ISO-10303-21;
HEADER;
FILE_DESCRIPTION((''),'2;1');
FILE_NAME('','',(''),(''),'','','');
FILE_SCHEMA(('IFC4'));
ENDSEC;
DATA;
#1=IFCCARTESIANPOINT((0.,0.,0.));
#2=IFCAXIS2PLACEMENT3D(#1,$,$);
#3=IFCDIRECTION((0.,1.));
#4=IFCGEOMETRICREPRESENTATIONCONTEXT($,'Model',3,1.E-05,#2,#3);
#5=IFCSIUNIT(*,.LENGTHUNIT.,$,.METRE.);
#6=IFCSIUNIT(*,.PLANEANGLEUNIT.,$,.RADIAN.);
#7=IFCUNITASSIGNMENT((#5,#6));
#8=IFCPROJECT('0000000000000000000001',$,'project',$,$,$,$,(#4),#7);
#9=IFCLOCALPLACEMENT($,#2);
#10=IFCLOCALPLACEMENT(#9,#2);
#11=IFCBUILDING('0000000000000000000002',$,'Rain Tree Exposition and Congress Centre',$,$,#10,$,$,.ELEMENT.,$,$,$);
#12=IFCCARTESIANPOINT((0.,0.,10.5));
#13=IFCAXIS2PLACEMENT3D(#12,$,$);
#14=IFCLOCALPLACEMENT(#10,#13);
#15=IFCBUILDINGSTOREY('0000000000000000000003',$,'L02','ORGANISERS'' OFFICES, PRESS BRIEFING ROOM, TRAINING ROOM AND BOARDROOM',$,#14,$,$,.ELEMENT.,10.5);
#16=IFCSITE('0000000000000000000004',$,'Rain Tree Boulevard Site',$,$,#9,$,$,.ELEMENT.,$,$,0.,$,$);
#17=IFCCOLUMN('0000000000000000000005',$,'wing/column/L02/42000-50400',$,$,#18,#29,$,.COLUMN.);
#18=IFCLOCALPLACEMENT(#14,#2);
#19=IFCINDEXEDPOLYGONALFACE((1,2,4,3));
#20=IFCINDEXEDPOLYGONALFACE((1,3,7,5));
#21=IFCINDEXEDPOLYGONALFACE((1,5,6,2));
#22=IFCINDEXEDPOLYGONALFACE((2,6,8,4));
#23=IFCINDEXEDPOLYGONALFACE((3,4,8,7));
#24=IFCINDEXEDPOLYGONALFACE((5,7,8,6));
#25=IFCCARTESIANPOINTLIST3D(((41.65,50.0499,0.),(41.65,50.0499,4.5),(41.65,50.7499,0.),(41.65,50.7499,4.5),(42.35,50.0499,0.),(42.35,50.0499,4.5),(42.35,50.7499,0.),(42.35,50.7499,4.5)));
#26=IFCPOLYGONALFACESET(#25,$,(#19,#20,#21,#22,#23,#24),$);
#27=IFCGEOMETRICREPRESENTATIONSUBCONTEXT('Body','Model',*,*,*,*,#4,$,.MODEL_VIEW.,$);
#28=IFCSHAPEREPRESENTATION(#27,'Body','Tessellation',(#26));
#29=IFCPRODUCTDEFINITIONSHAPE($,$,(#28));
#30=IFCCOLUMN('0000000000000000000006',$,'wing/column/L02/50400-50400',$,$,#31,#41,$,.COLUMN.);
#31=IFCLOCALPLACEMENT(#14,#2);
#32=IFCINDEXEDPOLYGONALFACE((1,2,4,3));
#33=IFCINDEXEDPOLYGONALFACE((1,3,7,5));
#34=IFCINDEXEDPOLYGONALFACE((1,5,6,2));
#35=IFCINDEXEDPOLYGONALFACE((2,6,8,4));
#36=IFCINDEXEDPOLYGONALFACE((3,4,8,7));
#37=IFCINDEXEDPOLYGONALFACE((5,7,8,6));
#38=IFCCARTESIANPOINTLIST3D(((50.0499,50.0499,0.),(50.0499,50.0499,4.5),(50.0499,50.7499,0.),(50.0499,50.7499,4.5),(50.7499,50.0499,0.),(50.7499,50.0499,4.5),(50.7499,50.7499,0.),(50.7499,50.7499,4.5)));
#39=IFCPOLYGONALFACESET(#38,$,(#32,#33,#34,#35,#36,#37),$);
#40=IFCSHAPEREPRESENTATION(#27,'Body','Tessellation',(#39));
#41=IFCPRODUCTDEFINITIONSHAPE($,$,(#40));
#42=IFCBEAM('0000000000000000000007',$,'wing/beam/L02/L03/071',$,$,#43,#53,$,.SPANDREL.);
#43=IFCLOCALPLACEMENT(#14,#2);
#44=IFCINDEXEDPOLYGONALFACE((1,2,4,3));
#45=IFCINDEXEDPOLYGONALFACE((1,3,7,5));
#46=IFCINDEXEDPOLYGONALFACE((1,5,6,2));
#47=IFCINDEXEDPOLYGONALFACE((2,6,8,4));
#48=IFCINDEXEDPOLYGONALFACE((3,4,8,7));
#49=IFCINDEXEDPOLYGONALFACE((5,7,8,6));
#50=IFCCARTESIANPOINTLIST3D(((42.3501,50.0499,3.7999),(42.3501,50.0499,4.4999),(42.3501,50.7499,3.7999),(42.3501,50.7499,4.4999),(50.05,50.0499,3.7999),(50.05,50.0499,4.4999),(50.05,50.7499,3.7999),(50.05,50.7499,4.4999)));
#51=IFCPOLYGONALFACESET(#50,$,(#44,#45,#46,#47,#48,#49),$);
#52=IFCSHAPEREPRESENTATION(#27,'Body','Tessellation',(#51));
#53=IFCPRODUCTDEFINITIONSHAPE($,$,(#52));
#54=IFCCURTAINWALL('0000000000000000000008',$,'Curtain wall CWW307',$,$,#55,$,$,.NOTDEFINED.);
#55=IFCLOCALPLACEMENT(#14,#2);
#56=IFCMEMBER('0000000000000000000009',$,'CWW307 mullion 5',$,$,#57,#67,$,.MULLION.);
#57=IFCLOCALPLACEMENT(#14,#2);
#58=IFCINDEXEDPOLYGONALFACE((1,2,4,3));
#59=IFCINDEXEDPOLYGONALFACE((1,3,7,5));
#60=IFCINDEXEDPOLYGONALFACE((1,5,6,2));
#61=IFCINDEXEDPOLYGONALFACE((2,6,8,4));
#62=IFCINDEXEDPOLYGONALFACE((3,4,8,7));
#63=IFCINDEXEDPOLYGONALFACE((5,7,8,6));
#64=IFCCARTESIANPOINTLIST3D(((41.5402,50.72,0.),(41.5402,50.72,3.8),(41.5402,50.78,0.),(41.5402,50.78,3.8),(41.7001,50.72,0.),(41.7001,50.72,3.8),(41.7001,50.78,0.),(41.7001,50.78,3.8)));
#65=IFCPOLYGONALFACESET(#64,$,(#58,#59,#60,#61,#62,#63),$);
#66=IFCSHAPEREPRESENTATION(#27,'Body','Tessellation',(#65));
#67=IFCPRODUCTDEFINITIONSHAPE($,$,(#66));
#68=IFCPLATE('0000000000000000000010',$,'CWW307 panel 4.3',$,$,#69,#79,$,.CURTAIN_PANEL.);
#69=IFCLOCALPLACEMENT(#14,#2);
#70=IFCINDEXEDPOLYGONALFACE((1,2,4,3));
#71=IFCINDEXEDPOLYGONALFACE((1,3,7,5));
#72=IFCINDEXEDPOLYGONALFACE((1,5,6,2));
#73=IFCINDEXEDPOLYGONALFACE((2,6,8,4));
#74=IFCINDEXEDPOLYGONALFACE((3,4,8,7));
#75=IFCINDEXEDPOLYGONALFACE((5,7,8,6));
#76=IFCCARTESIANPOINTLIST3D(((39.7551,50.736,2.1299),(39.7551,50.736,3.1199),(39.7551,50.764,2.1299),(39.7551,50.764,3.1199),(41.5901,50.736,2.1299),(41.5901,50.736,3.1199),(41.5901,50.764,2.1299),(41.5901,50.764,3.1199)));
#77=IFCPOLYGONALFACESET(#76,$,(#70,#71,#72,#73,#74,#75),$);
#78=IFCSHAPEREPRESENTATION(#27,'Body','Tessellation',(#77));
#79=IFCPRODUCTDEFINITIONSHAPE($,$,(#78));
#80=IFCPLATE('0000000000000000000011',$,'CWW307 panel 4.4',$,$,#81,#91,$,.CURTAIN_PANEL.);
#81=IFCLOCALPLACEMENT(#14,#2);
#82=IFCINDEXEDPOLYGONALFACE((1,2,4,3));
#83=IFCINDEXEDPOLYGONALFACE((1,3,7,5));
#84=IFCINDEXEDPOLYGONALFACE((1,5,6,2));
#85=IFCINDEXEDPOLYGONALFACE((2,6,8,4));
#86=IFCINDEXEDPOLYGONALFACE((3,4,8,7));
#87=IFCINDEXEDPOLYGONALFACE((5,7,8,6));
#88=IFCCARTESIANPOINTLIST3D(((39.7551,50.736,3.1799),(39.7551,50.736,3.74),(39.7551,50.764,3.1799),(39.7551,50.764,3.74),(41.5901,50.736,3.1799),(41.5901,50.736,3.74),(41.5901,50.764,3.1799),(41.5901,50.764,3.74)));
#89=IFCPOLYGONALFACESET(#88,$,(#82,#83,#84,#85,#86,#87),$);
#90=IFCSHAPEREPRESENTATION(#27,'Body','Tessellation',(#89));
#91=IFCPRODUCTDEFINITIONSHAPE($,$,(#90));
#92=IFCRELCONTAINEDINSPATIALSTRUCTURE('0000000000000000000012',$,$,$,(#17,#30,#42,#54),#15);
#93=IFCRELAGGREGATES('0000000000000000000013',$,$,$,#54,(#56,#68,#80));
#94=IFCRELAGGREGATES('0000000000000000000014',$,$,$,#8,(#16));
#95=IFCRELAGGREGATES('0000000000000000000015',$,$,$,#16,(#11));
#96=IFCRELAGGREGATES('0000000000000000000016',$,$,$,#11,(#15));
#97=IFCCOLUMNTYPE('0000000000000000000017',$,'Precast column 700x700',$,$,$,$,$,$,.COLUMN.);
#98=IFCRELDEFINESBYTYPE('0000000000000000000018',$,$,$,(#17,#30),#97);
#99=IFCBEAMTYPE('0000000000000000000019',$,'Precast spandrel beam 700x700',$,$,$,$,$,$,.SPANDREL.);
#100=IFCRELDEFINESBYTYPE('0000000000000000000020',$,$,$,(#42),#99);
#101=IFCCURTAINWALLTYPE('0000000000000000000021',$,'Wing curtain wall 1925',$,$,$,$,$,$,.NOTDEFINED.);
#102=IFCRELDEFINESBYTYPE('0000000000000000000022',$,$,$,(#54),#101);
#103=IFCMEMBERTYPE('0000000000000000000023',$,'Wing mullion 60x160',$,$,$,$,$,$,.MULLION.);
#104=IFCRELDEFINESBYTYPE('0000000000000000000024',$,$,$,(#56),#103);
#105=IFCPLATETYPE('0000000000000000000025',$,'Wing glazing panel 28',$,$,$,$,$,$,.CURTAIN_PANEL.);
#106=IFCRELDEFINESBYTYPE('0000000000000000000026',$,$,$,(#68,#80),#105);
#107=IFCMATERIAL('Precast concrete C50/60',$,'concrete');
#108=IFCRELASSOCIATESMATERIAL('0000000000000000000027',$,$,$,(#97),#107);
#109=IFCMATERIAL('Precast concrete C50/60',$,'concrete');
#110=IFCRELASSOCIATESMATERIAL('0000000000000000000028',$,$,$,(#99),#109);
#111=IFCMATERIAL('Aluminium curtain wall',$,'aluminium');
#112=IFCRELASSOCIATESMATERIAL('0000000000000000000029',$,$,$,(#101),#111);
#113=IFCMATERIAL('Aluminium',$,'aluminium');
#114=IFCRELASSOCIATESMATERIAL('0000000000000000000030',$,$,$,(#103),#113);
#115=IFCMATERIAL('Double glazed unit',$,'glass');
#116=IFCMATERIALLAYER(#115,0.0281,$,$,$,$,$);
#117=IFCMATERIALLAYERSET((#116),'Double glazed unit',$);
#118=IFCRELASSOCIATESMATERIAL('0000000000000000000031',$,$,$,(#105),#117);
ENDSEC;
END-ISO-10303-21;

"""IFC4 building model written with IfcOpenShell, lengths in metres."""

from ifc_helpers import new_model, si_unit, direction, frame, origin, origin_2d, place, context, subcontext, project, spatial, rectangle, extrude, material, layer, layer_set, material_profile, profile_set, type_object, element, aggregate, save


model = new_model("IFC4")

# Units and contexts
model_context = context("Model", 3, precision=1e-05, world=origin(), true_north=direction((0.0, 1.0)))
body_context = subcontext(model_context, "Body", "Model", "MODEL_VIEW")
ifc_project = project(units=[si_unit("LENGTHUNIT", "METRE"), si_unit("PLANEANGLEUNIT", "RADIAN")], contexts=[model_context])

# Site, building, storey
site_placement = place(None, origin())
site = spatial("IfcSite", under=ifc_project, at=site_placement, Name="Rain Tree Boulevard Site", CompositionType="ELEMENT", RefElevation=0.0)
building_placement = place(site_placement, origin())
building = spatial("IfcBuilding", under=site, at=building_placement, Name="Rain Tree Exposition and Congress Centre", CompositionType="ELEMENT")
storey_placement = place(building_placement, frame((0.0, 0.0, 10.5)))
storey = spatial("IfcBuildingStorey", under=building, at=storey_placement, Name="L02", Description="ORGANISERS' OFFICES, PRESS BRIEFING ROOM, TRAINING ROOM AND BOARDROOM", CompositionType="ELEMENT", Elevation=10.5)

# Columns
ifc_material_1 = material(Name="Precast concrete C50/60", Category="concrete")
ifc_material_profile_1 = material_profile(ifc_material_1, rectangle(XDim=0.7, YDim=0.7, at=origin_2d()), Name="RC 700x700")
ifc_profile_set_1 = profile_set([ifc_material_profile_1], Name="Precast concrete C50/60")
column_type = type_object("IfcColumnType", Name="Precast column 700x700", PredefinedType="COLUMN", material=ifc_profile_set_1)
for number, where, z_axis, x_axis, name in (
    (1, (42.0, 50.3999, 0.0), (0.0, 0.0, 1.0), (1.0, 0.0, 0.0), "wing/column/L02/42000-50400"),
    (2, (50.3999, 50.3999, 0.0), (0.0, 0.0, 1.0), (1.0, 0.0, 0.0), "wing/column/L02/50400-50400"),
):
    element("IfcColumn", number, at=place(storey_placement, frame(where, z_axis=z_axis, x_axis=x_axis)), inside=storey, type_object=column_type, Name=name, PredefinedType="COLUMN", context=body_context, shape_type="SweptSolid", body=[
        extrude(rectangle(XDim=0.7, YDim=0.7, at=origin_2d()), origin(), (0.0, 0.0, 1.0), 4.5),
    ])

# Beam
ifc_material_2 = material(Name="Precast concrete C50/60", Category="concrete")
ifc_material_profile_2 = material_profile(ifc_material_2, rectangle(XDim=0.7, YDim=0.7, at=origin_2d()), Name="RC 700x700")
ifc_profile_set_2 = profile_set([ifc_material_profile_2], Name="Precast concrete C50/60")
beam_type = type_object("IfcBeamType", Name="Precast spandrel beam 700x700", PredefinedType="SPANDREL", material=ifc_profile_set_2)
beam_placement = place(storey_placement, frame((42.3501, 50.3999, 4.1499), z_axis=(1.0, 0.0, 0.0), x_axis=(0.0, 1.0, 0.0)))
element("IfcBeam", 3, at=beam_placement, inside=storey, type_object=beam_type, Name="wing/beam/L02/L03/071", PredefinedType="SPANDREL", context=body_context, shape_type="SweptSolid", body=[
    extrude(rectangle(XDim=0.7, YDim=0.7, at=origin_2d()), origin(), (0.0, 0.0, 1.0), 7.7),
])

# Curtain wall, member, plates
ifc_material_3 = material(Name="Aluminium curtain wall", Category="aluminium")
curtain_wall_type = type_object("IfcCurtainWallType", Name="Wing curtain wall 1925", PredefinedType="NOTDEFINED", material=ifc_material_3)
curtain_wall_placement = place(storey_placement, origin())
curtain_wall = element("IfcCurtainWall", 4, at=curtain_wall_placement, inside=storey, type_object=curtain_wall_type, Name="Curtain wall CWW307", PredefinedType="NOTDEFINED")
ifc_material_4 = material(Name="Aluminium", Category="aluminium")
ifc_material_profile_3 = material_profile(ifc_material_4, rectangle(XDim=0.0601, YDim=0.1599, at=origin_2d()), Name="Aluminium 60x160")
ifc_profile_set_3 = profile_set([ifc_material_profile_3], Name="Aluminium")
member_type = type_object("IfcMemberType", Name="Wing mullion 60x160", PredefinedType="MULLION", material=ifc_profile_set_3)
member_placement = place(storey_placement, frame((41.6201, 50.75, 0.0), z_axis=(0.0, 0.0, 1.0), x_axis=(0.0, 1.0, 0.0)))
member = element("IfcMember", 5, at=member_placement, type_object=member_type, Name="CWW307 mullion 5", PredefinedType="MULLION", context=body_context, shape_type="SweptSolid", body=[
    extrude(rectangle(XDim=0.0601, YDim=0.1599, at=origin_2d()), origin(), (0.0, 0.0, 1.0), 3.8),
])
ifc_material_5 = material(Name="Double glazed unit", Category="glass")
ifc_layer_1 = layer(ifc_material_5, 0.0281)
ifc_layer_set_1 = layer_set([ifc_layer_1], Name="Double glazed unit")
plate_type = type_object("IfcPlateType", Name="Wing glazing panel 28", PredefinedType="CURTAIN_PANEL", material=ifc_layer_set_1)
plate_1_placement = place(storey_placement, frame((40.6726, 50.75, 2.1299), z_axis=(0.0, 0.0, 1.0), x_axis=(1.0, 0.0, 0.0)))
plate_1 = element("IfcPlate", 6, at=plate_1_placement, type_object=plate_type, Name="CWW307 panel 4.3", PredefinedType="CURTAIN_PANEL", context=body_context, shape_type="SweptSolid", body=[
    extrude(rectangle(XDim=1.835, YDim=0.0281, at=origin_2d()), origin(), (0.0, 0.0, 1.0), 0.99),
])
plate_2_placement = place(storey_placement, frame((40.6726, 50.75, 3.1799), z_axis=(0.0, 0.0, 1.0), x_axis=(1.0, 0.0, 0.0)))
plate_2 = element("IfcPlate", 7, at=plate_2_placement, type_object=plate_type, Name="CWW307 panel 4.4", PredefinedType="CURTAIN_PANEL", context=body_context, shape_type="SweptSolid", body=[
    extrude(rectangle(XDim=1.835, YDim=0.0281, at=origin_2d()), origin(), (0.0, 0.0, 1.0), 0.5601),
])
aggregate(curtain_wall, [member, plate_1, plate_2])

save(model, "model.ifc")
